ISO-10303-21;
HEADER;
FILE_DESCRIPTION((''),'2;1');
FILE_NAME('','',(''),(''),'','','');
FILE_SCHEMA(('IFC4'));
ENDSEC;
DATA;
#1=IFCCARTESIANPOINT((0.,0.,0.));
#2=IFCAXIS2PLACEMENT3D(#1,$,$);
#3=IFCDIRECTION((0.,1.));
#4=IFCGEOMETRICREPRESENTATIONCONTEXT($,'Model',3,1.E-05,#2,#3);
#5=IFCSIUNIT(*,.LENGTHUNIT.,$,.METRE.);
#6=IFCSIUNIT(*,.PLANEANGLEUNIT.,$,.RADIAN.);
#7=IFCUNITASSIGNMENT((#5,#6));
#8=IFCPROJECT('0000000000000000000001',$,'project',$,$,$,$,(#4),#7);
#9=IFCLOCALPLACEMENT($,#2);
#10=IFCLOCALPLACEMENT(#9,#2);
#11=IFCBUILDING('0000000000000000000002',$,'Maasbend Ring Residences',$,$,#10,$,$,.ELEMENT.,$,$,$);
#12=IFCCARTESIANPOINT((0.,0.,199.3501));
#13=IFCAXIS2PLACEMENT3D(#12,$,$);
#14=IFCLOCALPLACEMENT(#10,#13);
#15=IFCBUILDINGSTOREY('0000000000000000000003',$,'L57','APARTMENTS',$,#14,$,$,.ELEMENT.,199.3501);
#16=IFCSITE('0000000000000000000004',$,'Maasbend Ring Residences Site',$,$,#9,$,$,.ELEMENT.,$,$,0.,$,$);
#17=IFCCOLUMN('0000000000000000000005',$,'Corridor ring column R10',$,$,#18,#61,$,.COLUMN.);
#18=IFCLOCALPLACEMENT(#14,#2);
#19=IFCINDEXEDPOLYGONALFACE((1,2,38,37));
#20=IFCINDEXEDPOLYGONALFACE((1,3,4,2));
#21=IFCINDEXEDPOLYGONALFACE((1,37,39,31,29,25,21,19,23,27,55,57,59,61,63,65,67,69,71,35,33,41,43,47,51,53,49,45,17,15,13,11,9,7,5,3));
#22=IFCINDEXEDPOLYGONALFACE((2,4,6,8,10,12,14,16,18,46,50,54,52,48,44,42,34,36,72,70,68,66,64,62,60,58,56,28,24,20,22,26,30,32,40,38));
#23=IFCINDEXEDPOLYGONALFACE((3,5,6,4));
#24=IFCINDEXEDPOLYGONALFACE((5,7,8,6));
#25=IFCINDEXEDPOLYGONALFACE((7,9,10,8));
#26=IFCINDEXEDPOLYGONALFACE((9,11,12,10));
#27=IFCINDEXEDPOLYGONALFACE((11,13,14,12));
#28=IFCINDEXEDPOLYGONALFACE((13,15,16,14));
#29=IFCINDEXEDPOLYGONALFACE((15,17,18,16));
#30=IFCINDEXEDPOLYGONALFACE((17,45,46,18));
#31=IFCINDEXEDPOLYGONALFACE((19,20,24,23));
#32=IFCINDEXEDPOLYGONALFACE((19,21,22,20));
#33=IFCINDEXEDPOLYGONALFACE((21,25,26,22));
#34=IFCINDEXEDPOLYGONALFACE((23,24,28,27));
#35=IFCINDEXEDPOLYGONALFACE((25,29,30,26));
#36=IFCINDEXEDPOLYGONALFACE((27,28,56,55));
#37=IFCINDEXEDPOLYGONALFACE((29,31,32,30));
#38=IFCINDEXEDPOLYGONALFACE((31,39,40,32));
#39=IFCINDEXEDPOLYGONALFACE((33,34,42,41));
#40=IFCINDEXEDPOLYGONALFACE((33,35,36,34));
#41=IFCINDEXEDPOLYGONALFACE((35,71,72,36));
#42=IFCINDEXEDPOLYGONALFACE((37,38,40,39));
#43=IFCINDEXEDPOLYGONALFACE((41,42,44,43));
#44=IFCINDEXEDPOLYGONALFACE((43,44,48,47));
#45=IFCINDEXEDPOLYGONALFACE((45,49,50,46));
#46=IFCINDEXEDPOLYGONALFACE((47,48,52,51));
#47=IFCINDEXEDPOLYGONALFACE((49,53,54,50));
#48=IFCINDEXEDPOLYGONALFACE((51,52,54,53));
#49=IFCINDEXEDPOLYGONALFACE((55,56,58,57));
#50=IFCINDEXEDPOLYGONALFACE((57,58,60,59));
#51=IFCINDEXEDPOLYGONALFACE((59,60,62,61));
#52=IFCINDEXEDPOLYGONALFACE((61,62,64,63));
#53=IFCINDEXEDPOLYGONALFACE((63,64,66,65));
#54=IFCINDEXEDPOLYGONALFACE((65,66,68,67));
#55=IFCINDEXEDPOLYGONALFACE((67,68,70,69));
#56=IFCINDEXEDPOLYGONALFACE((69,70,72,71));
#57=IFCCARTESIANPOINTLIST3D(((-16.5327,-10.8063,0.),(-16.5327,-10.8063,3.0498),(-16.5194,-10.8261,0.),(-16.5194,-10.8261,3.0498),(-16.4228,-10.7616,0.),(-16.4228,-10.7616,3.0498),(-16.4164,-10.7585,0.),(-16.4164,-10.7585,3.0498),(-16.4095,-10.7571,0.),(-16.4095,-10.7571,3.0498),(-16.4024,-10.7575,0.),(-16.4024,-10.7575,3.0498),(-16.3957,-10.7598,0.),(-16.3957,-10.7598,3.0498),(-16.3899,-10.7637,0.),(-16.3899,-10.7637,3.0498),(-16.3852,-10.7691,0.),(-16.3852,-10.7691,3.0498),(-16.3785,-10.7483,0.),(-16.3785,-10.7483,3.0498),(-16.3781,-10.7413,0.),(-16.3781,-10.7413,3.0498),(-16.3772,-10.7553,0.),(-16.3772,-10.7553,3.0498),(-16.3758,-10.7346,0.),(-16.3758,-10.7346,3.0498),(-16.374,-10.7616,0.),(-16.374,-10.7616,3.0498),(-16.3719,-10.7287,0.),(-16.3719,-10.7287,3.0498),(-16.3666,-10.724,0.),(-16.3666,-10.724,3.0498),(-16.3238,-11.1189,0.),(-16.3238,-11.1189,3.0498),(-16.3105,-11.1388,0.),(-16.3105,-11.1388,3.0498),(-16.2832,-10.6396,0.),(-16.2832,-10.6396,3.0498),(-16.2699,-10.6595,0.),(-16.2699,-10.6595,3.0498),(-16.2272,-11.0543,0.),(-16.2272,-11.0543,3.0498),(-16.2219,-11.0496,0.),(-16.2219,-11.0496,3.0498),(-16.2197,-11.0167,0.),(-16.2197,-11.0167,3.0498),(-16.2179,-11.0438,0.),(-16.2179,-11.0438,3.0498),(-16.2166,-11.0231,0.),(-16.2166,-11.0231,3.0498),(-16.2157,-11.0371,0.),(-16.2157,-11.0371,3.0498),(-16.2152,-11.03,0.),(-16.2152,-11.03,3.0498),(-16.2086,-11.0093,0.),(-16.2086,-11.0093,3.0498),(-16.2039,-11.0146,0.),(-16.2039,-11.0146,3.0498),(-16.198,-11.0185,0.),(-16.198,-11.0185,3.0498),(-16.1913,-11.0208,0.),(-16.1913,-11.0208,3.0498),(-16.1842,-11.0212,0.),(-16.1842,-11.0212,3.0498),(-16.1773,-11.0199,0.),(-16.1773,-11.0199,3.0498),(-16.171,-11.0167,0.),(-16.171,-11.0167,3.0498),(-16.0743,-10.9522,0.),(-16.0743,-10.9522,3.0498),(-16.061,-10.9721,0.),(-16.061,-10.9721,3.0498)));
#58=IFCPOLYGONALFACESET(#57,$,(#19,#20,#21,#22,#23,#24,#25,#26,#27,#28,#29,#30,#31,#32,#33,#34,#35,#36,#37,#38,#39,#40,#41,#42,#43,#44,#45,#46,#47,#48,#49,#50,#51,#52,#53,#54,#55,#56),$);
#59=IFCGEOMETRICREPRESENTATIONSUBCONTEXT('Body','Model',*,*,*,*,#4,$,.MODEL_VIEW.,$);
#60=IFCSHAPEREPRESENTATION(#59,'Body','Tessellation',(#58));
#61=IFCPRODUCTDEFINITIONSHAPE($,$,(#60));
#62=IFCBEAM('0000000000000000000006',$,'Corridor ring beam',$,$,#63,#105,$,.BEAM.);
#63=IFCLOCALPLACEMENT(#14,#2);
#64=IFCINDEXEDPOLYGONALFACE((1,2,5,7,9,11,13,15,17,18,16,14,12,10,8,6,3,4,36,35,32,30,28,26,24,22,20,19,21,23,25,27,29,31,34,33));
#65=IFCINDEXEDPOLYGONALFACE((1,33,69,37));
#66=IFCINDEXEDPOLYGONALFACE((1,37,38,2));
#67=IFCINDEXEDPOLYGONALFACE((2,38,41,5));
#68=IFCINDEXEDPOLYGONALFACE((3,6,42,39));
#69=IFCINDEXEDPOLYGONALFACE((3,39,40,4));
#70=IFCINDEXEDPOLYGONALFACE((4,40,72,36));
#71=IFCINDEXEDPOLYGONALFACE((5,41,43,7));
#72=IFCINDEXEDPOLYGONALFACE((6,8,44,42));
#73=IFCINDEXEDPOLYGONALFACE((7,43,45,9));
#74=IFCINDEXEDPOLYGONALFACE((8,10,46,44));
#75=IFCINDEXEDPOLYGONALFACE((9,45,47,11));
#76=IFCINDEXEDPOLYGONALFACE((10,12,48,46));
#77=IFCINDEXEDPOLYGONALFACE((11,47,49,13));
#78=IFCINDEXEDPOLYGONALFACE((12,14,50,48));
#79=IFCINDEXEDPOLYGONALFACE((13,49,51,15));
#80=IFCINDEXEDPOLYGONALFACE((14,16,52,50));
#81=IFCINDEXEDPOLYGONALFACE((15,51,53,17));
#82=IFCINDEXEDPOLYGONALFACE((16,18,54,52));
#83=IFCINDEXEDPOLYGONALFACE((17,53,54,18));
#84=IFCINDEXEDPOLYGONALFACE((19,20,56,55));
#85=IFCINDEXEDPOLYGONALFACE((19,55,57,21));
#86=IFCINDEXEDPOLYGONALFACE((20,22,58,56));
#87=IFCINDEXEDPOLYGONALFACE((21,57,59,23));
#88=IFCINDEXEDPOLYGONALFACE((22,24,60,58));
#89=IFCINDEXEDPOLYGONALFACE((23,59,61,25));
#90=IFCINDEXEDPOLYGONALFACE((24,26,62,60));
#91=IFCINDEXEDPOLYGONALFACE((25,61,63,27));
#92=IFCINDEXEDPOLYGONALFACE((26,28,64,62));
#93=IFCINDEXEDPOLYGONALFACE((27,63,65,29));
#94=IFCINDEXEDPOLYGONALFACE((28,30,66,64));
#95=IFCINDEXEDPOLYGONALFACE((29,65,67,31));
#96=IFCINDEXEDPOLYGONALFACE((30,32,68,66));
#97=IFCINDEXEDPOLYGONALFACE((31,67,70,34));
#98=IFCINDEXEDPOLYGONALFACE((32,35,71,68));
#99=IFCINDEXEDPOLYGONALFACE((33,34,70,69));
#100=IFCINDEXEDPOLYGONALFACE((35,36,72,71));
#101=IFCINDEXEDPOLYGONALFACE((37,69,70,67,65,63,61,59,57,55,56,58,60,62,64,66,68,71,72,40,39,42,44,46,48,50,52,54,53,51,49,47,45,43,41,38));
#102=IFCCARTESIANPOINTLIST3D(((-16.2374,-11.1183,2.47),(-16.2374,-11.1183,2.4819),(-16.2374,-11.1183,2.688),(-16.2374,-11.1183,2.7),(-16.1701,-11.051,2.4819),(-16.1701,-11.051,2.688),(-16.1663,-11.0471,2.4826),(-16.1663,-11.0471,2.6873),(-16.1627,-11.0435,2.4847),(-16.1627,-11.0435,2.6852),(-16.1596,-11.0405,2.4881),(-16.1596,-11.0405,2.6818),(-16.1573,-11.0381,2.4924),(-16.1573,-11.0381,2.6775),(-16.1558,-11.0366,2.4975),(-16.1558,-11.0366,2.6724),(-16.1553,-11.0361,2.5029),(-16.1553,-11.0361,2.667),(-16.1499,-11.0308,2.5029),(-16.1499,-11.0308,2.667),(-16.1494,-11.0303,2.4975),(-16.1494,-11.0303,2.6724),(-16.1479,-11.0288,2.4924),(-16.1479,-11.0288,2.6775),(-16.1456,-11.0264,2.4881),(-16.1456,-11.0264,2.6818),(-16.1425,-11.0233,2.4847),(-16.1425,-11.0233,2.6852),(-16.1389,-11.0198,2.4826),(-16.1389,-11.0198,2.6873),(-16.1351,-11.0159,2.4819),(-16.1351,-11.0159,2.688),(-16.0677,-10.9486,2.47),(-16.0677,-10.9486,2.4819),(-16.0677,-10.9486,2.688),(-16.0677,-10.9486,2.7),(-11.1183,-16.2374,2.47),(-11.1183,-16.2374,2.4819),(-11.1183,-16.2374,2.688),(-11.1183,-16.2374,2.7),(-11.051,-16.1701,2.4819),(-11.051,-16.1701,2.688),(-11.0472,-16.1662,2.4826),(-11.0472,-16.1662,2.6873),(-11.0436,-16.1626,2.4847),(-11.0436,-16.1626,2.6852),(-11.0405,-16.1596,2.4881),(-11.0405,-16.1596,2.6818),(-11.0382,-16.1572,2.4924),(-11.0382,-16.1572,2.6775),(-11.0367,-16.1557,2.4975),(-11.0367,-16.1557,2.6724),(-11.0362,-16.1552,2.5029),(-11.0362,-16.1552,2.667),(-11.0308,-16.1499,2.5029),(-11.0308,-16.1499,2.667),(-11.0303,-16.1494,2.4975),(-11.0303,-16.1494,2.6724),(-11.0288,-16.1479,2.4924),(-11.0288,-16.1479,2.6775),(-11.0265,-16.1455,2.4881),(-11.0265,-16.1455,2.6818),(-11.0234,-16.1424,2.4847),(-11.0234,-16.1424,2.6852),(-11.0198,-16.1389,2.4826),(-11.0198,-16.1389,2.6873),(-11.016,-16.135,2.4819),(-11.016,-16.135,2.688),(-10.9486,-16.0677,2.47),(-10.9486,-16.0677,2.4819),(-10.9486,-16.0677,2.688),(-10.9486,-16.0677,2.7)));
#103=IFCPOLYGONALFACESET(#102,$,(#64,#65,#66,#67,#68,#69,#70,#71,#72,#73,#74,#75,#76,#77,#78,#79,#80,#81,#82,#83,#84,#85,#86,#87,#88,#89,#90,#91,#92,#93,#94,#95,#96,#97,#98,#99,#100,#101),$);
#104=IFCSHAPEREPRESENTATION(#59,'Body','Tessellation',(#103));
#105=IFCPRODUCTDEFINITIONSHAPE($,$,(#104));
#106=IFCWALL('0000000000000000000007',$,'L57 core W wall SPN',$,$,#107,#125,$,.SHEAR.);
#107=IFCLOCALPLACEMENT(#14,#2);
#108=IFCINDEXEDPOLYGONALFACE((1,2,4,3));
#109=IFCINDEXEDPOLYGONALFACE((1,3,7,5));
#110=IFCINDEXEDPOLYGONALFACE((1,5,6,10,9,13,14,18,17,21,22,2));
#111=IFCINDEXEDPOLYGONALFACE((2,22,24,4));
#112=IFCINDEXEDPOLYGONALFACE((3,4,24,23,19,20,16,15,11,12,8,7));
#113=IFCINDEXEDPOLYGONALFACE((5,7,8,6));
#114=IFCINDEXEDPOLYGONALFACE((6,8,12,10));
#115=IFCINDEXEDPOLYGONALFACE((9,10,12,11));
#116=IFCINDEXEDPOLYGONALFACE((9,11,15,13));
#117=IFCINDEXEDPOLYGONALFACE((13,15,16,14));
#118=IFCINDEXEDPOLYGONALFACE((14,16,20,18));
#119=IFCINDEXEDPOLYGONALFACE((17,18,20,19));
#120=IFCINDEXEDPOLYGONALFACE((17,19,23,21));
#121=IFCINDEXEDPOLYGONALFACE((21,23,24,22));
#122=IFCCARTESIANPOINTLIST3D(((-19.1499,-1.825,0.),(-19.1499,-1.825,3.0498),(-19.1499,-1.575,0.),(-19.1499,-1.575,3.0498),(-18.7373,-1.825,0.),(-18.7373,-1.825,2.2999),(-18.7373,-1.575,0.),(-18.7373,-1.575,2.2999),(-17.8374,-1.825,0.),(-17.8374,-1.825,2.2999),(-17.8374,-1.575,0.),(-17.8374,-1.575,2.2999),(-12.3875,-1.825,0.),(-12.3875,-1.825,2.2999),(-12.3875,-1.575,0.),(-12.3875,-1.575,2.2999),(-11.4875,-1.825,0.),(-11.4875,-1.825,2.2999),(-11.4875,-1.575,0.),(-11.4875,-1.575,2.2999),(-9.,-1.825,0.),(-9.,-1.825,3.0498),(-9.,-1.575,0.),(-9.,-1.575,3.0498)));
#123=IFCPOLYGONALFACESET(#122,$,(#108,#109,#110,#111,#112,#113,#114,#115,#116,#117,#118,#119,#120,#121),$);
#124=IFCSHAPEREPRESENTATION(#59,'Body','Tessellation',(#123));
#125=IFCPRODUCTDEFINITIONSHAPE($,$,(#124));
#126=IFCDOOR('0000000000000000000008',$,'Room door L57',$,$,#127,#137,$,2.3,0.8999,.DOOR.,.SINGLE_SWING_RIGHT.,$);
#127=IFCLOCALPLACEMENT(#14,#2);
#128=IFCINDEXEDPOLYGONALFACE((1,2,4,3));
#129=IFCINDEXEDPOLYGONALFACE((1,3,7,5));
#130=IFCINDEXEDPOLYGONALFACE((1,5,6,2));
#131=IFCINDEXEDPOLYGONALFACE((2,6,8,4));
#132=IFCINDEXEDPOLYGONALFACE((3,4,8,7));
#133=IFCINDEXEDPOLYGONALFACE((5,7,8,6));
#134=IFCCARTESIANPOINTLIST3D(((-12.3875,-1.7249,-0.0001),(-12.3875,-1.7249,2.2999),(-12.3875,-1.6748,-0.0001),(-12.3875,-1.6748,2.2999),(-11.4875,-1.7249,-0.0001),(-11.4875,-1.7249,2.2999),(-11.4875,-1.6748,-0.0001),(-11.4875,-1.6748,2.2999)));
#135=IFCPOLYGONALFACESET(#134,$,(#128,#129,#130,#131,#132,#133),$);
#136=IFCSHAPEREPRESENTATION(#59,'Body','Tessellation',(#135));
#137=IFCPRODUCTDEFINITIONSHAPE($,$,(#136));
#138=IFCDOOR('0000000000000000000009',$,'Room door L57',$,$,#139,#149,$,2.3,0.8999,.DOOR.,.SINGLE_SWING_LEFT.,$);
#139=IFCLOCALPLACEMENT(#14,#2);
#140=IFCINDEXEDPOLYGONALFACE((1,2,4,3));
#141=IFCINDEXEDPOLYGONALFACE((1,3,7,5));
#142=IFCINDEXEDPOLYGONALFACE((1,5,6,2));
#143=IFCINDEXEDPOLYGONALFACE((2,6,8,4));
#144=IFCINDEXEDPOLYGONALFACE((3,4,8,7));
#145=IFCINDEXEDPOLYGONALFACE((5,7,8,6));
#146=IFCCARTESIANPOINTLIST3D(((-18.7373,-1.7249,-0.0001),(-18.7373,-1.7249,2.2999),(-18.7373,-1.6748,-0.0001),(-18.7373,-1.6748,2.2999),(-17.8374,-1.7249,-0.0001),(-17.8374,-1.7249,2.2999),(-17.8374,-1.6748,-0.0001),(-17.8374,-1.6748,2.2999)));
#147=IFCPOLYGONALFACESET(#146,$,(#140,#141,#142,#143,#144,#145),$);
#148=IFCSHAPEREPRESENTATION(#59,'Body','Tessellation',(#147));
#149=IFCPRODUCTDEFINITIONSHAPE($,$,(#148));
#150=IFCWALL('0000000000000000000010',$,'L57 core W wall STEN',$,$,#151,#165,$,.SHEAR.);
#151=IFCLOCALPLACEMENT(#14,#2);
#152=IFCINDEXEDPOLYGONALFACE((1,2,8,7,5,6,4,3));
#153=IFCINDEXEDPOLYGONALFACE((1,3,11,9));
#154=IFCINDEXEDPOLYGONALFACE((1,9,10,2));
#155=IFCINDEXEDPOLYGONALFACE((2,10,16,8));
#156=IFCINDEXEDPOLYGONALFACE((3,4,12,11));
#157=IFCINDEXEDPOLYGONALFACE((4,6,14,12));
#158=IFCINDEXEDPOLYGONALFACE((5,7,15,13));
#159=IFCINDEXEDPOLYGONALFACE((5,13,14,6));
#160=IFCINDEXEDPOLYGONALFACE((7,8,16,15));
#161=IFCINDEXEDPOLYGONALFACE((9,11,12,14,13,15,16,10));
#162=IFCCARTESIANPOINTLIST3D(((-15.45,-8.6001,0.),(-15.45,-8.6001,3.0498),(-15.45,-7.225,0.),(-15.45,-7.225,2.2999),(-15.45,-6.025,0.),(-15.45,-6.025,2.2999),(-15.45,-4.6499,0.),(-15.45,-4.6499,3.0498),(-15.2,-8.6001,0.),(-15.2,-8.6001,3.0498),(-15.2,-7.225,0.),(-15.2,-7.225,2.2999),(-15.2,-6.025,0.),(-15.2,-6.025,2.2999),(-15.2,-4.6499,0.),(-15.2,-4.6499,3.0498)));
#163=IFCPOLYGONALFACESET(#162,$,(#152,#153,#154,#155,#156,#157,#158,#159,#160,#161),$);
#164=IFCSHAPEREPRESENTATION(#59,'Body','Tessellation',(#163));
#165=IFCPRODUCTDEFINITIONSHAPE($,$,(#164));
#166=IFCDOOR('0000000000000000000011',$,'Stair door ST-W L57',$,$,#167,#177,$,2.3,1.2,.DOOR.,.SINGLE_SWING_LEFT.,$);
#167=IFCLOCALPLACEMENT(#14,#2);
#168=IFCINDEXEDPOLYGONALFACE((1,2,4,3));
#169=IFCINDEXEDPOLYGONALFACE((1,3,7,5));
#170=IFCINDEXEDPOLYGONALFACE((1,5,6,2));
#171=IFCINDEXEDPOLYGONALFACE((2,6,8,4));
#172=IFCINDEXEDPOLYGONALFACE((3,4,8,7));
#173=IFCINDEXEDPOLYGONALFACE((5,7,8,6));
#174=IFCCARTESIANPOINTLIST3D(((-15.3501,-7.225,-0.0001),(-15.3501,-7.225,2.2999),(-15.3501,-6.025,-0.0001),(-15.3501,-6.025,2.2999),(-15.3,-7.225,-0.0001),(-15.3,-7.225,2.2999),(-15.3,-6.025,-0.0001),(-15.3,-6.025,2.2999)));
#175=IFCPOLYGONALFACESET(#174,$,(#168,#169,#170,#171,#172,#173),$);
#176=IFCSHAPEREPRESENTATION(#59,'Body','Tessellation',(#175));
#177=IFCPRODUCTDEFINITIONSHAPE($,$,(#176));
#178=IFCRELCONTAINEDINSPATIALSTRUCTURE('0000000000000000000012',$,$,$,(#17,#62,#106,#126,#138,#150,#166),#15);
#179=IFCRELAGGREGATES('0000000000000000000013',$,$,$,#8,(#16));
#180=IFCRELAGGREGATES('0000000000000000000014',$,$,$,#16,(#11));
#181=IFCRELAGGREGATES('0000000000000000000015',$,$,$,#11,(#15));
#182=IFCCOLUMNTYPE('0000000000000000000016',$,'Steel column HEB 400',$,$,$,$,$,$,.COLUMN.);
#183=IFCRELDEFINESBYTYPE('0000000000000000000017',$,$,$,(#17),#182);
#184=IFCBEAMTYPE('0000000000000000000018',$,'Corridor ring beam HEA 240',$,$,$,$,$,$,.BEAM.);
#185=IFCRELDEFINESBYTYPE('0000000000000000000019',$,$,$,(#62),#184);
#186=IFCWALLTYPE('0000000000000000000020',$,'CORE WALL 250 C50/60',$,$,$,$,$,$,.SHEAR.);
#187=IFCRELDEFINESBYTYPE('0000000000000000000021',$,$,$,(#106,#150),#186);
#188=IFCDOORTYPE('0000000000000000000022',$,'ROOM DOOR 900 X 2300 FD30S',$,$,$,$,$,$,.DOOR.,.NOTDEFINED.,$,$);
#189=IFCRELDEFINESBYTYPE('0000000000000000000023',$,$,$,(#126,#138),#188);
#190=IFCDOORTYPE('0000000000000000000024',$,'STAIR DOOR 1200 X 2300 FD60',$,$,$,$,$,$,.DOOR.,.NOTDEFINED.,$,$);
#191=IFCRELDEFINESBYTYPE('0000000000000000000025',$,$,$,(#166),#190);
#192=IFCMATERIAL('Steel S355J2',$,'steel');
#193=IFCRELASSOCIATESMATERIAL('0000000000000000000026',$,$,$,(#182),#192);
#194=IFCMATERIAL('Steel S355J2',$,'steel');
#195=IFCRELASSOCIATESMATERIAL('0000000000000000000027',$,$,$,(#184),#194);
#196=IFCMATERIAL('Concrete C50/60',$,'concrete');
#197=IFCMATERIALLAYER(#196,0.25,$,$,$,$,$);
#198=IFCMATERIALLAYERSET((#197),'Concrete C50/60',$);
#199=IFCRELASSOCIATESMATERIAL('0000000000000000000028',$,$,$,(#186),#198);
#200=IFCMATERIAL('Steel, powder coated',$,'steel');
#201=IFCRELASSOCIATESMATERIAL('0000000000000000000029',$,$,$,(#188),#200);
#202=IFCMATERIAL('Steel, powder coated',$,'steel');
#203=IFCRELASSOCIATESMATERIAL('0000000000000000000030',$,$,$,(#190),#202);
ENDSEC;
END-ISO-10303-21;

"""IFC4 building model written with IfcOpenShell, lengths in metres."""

from ifc_helpers import new_model, si_unit, direction, frame, frame_2d, origin, origin_2d, place, context, subcontext, project, spatial, rectangle, i_section, extrude, material, layer, layer_set, material_profile, profile_set, type_object, element, fill, save


model = new_model("IFC4")

# Units and contexts
model_context = context("Model", 3, precision=1e-05, world=origin(), true_north=direction((0.0, 1.0)))
body_context = subcontext(model_context, "Body", "Model", "MODEL_VIEW")
ifc_project = project(units=[si_unit("LENGTHUNIT", "METRE"), si_unit("PLANEANGLEUNIT", "RADIAN")], contexts=[model_context])

# Site, building, storey
site_placement = place(None, origin())
site = spatial("IfcSite", under=ifc_project, at=site_placement, Name="Maasbend Ring Residences Site", CompositionType="ELEMENT", RefElevation=0.0)
building_placement = place(site_placement, origin())
building = spatial("IfcBuilding", under=site, at=building_placement, Name="Maasbend Ring Residences", CompositionType="ELEMENT")
storey_placement = place(building_placement, frame((0.0, 0.0, 199.3501)))
storey = spatial("IfcBuildingStorey", under=building, at=storey_placement, Name="L57", Description="APARTMENTS", CompositionType="ELEMENT", Elevation=199.3501)

# Column
ifc_material_1 = material(Name="Steel S355J2", Category="steel")
ifc_material_profile_1 = material_profile(ifc_material_1, i_section(OverallWidth=0.3, OverallDepth=0.3999, WebThickness=0.0134, FlangeThickness=0.0239, FilletRadius=0.0271, at=origin_2d()), Name="HEB 400")
ifc_profile_set_1 = profile_set([ifc_material_profile_1], Name="Steel S355J2")
column_type = type_object("IfcColumnType", Name="Steel column HEB 400", PredefinedType="COLUMN", material=ifc_profile_set_1)
column_placement = place(storey_placement, frame((-16.2969, -10.8892, 0.0), z_axis=(0.0, 0.0, 1.0), x_axis=(-0.83147, -0.55557, 0.0)))
element("IfcColumn", 1, at=column_placement, inside=storey, type_object=column_type, Name="Corridor ring column R10", PredefinedType="COLUMN", context=body_context, shape_type="SweptSolid", body=[
    extrude(i_section(OverallWidth=0.3, OverallDepth=0.3999, WebThickness=0.0134, FlangeThickness=0.0239, FilletRadius=0.0271, at=origin_2d()), origin(), (0.0, 0.0, 1.0), 3.0498),
])

# Beam
ifc_material_2 = material(Name="Steel S355J2", Category="steel")
ifc_material_profile_2 = material_profile(ifc_material_2, i_section(OverallWidth=0.24, OverallDepth=0.23, WebThickness=0.0076, FlangeThickness=0.012, FilletRadius=0.021, at=origin_2d()), Name="HEA 240")
ifc_profile_set_2 = profile_set([ifc_material_profile_2], Name="Steel S355J2")
beam_type = type_object("IfcBeamType", Name="Corridor ring beam HEA 240", PredefinedType="BEAM", material=ifc_profile_set_2)
beam_placement = place(storey_placement, frame((-16.1526, -11.0334, 2.585), z_axis=(0.707107, -0.707107, 0.0), x_axis=(0.707107, 0.707107, 0.0)))
element("IfcBeam", 2, at=beam_placement, inside=storey, type_object=beam_type, Name="Corridor ring beam", PredefinedType="BEAM", context=body_context, shape_type="SweptSolid", body=[
    extrude(i_section(OverallWidth=0.24, OverallDepth=0.23, WebThickness=0.0076, FlangeThickness=0.012, FilletRadius=0.021, at=origin_2d()), origin(), (0.0, 0.0, 1.0), 7.2395),
])

# Wall, openings, doors
ifc_material_3 = material(Name="Concrete C50/60", Category="concrete")
ifc_layer_1 = layer(ifc_material_3, 0.25)
ifc_layer_set_1 = layer_set([ifc_layer_1], Name="Concrete C50/60")
wall_type_1 = type_object("IfcWallType", Name="CORE WALL 250 C50/60", PredefinedType="SHEAR", material=ifc_layer_set_1)
wall_1_placement = place(storey_placement, frame((-9.0, -1.7, 0.0), z_axis=(0.0, 0.0, 1.0), x_axis=(-1.0, 0.0, 0.0)))
wall_1 = element("IfcWall", 3, at=wall_1_placement, inside=storey, type_object=wall_type_1, Name="L57 core W wall SPN", PredefinedType="SHEAR", context=body_context, shape_type="SweptSolid", body=[
    extrude(rectangle(XDim=10.1499, YDim=0.25, at=frame_2d((5.075, 0.0))), origin(), (0.0, 0.0, 1.0), 3.0498),
])
opening_1_placement = place(wall_1_placement, frame((2.4875, 0.0, 0.0)))
opening_1 = element("IfcOpeningElement", 4, at=opening_1_placement, cuts=wall_1, PredefinedType="OPENING", context=body_context, shape_type="SweptSolid", body=[
    extrude(rectangle(XDim=0.8999, YDim=2.3, at=frame_2d((0.45, 1.1499))), frame((0.0, 0.135, 0.0), z_axis=(0.0, -1.0, 0.0), x_axis=(1.0, 0.0, 0.0)), (0.0, 0.0, 1.0), 0.27),
])
opening_2_placement = place(wall_1_placement, frame((8.8374, 0.0, 0.0)))
opening_2 = element("IfcOpeningElement", 5, at=opening_2_placement, cuts=wall_1, PredefinedType="OPENING", context=body_context, shape_type="SweptSolid", body=[
    extrude(rectangle(XDim=0.8999, YDim=2.3, at=frame_2d((0.45, 1.1499))), frame((0.0, 0.135, 0.0), z_axis=(0.0, -1.0, 0.0), x_axis=(1.0, 0.0, 0.0)), (0.0, 0.0, 1.0), 0.27),
])
ifc_material_4 = material(Name="Steel, powder coated", Category="steel")
door_type_1 = type_object("IfcDoorType", Name="ROOM DOOR 900 X 2300 FD30S", OperationType="NOTDEFINED", PredefinedType="DOOR", material=ifc_material_4)
door_1_placement = place(opening_1_placement, origin())
door_1 = element("IfcDoor", 6, at=door_1_placement, inside=storey, type_object=door_type_1, Name="Room door L57", OperationType="SINGLE_SWING_RIGHT", OverallHeight=2.3, OverallWidth=0.8999, PredefinedType="DOOR", context=body_context, shape_type="SweptSolid", body=[
    extrude(rectangle(XDim=0.8999, YDim=2.3, at=frame_2d((0.45, 1.1499))), frame((0.0, 0.0249, 0.0), z_axis=(0.0, -1.0, 0.0), x_axis=(1.0, 0.0, 0.0)), (0.0, 0.0, 1.0), 0.05),
])
fill(opening_1, door_1)
door_2_placement = place(opening_2_placement, origin())
door_2 = element("IfcDoor", 7, at=door_2_placement, inside=storey, type_object=door_type_1, Name="Room door L57", OperationType="SINGLE_SWING_LEFT", OverallHeight=2.3, OverallWidth=0.8999, PredefinedType="DOOR", context=body_context, shape_type="SweptSolid", body=[
    extrude(rectangle(XDim=0.8999, YDim=2.3, at=frame_2d((0.45, 1.1499))), frame((0.0, 0.0249, 0.0), z_axis=(0.0, -1.0, 0.0), x_axis=(1.0, 0.0, 0.0)), (0.0, 0.0, 1.0), 0.05),
])
fill(opening_2, door_2)

# Wall, opening, door
wall_2_placement = place(storey_placement, frame((-15.325, -4.6499, 0.0), z_axis=(0.0, 0.0, 1.0), x_axis=(0.0, -1.0, 0.0)))
wall_2 = element("IfcWall", 8, at=wall_2_placement, inside=storey, type_object=wall_type_1, Name="L57 core W wall STEN", PredefinedType="SHEAR", context=body_context, shape_type="SweptSolid", body=[
    extrude(rectangle(XDim=3.9502, YDim=0.25, at=frame_2d((1.9751, 0.0))), origin(), (0.0, 0.0, 1.0), 3.0498),
])
opening_3_placement = place(wall_2_placement, frame((1.375, 0.0, 0.0)))
opening_3 = element("IfcOpeningElement", 9, at=opening_3_placement, cuts=wall_2, PredefinedType="OPENING", context=body_context, shape_type="SweptSolid", body=[
    extrude(rectangle(XDim=1.2, YDim=2.3, at=frame_2d((0.6001, 1.1499))), frame((0.0, 0.135, 0.0), z_axis=(0.0, -1.0, 0.0), x_axis=(1.0, 0.0, 0.0)), (0.0, 0.0, 1.0), 0.27),
])
ifc_material_5 = material(Name="Steel, powder coated", Category="steel")
door_type_2 = type_object("IfcDoorType", Name="STAIR DOOR 1200 X 2300 FD60", OperationType="NOTDEFINED", PredefinedType="DOOR", material=ifc_material_5)
door_3_placement = place(opening_3_placement, origin())
door_3 = element("IfcDoor", 10, at=door_3_placement, inside=storey, type_object=door_type_2, Name="Stair door ST-W L57", OperationType="SINGLE_SWING_LEFT", OverallHeight=2.3, OverallWidth=1.2, PredefinedType="DOOR", context=body_context, shape_type="SweptSolid", body=[
    extrude(rectangle(XDim=1.2, YDim=2.3, at=frame_2d((0.6001, 1.1499))), frame((0.0, 0.0249, 0.0), z_axis=(0.0, -1.0, 0.0), x_axis=(1.0, 0.0, 0.0)), (0.0, 0.0, 1.0), 0.05),
])
fill(opening_3, door_3)

save(model, "model.ifc")
